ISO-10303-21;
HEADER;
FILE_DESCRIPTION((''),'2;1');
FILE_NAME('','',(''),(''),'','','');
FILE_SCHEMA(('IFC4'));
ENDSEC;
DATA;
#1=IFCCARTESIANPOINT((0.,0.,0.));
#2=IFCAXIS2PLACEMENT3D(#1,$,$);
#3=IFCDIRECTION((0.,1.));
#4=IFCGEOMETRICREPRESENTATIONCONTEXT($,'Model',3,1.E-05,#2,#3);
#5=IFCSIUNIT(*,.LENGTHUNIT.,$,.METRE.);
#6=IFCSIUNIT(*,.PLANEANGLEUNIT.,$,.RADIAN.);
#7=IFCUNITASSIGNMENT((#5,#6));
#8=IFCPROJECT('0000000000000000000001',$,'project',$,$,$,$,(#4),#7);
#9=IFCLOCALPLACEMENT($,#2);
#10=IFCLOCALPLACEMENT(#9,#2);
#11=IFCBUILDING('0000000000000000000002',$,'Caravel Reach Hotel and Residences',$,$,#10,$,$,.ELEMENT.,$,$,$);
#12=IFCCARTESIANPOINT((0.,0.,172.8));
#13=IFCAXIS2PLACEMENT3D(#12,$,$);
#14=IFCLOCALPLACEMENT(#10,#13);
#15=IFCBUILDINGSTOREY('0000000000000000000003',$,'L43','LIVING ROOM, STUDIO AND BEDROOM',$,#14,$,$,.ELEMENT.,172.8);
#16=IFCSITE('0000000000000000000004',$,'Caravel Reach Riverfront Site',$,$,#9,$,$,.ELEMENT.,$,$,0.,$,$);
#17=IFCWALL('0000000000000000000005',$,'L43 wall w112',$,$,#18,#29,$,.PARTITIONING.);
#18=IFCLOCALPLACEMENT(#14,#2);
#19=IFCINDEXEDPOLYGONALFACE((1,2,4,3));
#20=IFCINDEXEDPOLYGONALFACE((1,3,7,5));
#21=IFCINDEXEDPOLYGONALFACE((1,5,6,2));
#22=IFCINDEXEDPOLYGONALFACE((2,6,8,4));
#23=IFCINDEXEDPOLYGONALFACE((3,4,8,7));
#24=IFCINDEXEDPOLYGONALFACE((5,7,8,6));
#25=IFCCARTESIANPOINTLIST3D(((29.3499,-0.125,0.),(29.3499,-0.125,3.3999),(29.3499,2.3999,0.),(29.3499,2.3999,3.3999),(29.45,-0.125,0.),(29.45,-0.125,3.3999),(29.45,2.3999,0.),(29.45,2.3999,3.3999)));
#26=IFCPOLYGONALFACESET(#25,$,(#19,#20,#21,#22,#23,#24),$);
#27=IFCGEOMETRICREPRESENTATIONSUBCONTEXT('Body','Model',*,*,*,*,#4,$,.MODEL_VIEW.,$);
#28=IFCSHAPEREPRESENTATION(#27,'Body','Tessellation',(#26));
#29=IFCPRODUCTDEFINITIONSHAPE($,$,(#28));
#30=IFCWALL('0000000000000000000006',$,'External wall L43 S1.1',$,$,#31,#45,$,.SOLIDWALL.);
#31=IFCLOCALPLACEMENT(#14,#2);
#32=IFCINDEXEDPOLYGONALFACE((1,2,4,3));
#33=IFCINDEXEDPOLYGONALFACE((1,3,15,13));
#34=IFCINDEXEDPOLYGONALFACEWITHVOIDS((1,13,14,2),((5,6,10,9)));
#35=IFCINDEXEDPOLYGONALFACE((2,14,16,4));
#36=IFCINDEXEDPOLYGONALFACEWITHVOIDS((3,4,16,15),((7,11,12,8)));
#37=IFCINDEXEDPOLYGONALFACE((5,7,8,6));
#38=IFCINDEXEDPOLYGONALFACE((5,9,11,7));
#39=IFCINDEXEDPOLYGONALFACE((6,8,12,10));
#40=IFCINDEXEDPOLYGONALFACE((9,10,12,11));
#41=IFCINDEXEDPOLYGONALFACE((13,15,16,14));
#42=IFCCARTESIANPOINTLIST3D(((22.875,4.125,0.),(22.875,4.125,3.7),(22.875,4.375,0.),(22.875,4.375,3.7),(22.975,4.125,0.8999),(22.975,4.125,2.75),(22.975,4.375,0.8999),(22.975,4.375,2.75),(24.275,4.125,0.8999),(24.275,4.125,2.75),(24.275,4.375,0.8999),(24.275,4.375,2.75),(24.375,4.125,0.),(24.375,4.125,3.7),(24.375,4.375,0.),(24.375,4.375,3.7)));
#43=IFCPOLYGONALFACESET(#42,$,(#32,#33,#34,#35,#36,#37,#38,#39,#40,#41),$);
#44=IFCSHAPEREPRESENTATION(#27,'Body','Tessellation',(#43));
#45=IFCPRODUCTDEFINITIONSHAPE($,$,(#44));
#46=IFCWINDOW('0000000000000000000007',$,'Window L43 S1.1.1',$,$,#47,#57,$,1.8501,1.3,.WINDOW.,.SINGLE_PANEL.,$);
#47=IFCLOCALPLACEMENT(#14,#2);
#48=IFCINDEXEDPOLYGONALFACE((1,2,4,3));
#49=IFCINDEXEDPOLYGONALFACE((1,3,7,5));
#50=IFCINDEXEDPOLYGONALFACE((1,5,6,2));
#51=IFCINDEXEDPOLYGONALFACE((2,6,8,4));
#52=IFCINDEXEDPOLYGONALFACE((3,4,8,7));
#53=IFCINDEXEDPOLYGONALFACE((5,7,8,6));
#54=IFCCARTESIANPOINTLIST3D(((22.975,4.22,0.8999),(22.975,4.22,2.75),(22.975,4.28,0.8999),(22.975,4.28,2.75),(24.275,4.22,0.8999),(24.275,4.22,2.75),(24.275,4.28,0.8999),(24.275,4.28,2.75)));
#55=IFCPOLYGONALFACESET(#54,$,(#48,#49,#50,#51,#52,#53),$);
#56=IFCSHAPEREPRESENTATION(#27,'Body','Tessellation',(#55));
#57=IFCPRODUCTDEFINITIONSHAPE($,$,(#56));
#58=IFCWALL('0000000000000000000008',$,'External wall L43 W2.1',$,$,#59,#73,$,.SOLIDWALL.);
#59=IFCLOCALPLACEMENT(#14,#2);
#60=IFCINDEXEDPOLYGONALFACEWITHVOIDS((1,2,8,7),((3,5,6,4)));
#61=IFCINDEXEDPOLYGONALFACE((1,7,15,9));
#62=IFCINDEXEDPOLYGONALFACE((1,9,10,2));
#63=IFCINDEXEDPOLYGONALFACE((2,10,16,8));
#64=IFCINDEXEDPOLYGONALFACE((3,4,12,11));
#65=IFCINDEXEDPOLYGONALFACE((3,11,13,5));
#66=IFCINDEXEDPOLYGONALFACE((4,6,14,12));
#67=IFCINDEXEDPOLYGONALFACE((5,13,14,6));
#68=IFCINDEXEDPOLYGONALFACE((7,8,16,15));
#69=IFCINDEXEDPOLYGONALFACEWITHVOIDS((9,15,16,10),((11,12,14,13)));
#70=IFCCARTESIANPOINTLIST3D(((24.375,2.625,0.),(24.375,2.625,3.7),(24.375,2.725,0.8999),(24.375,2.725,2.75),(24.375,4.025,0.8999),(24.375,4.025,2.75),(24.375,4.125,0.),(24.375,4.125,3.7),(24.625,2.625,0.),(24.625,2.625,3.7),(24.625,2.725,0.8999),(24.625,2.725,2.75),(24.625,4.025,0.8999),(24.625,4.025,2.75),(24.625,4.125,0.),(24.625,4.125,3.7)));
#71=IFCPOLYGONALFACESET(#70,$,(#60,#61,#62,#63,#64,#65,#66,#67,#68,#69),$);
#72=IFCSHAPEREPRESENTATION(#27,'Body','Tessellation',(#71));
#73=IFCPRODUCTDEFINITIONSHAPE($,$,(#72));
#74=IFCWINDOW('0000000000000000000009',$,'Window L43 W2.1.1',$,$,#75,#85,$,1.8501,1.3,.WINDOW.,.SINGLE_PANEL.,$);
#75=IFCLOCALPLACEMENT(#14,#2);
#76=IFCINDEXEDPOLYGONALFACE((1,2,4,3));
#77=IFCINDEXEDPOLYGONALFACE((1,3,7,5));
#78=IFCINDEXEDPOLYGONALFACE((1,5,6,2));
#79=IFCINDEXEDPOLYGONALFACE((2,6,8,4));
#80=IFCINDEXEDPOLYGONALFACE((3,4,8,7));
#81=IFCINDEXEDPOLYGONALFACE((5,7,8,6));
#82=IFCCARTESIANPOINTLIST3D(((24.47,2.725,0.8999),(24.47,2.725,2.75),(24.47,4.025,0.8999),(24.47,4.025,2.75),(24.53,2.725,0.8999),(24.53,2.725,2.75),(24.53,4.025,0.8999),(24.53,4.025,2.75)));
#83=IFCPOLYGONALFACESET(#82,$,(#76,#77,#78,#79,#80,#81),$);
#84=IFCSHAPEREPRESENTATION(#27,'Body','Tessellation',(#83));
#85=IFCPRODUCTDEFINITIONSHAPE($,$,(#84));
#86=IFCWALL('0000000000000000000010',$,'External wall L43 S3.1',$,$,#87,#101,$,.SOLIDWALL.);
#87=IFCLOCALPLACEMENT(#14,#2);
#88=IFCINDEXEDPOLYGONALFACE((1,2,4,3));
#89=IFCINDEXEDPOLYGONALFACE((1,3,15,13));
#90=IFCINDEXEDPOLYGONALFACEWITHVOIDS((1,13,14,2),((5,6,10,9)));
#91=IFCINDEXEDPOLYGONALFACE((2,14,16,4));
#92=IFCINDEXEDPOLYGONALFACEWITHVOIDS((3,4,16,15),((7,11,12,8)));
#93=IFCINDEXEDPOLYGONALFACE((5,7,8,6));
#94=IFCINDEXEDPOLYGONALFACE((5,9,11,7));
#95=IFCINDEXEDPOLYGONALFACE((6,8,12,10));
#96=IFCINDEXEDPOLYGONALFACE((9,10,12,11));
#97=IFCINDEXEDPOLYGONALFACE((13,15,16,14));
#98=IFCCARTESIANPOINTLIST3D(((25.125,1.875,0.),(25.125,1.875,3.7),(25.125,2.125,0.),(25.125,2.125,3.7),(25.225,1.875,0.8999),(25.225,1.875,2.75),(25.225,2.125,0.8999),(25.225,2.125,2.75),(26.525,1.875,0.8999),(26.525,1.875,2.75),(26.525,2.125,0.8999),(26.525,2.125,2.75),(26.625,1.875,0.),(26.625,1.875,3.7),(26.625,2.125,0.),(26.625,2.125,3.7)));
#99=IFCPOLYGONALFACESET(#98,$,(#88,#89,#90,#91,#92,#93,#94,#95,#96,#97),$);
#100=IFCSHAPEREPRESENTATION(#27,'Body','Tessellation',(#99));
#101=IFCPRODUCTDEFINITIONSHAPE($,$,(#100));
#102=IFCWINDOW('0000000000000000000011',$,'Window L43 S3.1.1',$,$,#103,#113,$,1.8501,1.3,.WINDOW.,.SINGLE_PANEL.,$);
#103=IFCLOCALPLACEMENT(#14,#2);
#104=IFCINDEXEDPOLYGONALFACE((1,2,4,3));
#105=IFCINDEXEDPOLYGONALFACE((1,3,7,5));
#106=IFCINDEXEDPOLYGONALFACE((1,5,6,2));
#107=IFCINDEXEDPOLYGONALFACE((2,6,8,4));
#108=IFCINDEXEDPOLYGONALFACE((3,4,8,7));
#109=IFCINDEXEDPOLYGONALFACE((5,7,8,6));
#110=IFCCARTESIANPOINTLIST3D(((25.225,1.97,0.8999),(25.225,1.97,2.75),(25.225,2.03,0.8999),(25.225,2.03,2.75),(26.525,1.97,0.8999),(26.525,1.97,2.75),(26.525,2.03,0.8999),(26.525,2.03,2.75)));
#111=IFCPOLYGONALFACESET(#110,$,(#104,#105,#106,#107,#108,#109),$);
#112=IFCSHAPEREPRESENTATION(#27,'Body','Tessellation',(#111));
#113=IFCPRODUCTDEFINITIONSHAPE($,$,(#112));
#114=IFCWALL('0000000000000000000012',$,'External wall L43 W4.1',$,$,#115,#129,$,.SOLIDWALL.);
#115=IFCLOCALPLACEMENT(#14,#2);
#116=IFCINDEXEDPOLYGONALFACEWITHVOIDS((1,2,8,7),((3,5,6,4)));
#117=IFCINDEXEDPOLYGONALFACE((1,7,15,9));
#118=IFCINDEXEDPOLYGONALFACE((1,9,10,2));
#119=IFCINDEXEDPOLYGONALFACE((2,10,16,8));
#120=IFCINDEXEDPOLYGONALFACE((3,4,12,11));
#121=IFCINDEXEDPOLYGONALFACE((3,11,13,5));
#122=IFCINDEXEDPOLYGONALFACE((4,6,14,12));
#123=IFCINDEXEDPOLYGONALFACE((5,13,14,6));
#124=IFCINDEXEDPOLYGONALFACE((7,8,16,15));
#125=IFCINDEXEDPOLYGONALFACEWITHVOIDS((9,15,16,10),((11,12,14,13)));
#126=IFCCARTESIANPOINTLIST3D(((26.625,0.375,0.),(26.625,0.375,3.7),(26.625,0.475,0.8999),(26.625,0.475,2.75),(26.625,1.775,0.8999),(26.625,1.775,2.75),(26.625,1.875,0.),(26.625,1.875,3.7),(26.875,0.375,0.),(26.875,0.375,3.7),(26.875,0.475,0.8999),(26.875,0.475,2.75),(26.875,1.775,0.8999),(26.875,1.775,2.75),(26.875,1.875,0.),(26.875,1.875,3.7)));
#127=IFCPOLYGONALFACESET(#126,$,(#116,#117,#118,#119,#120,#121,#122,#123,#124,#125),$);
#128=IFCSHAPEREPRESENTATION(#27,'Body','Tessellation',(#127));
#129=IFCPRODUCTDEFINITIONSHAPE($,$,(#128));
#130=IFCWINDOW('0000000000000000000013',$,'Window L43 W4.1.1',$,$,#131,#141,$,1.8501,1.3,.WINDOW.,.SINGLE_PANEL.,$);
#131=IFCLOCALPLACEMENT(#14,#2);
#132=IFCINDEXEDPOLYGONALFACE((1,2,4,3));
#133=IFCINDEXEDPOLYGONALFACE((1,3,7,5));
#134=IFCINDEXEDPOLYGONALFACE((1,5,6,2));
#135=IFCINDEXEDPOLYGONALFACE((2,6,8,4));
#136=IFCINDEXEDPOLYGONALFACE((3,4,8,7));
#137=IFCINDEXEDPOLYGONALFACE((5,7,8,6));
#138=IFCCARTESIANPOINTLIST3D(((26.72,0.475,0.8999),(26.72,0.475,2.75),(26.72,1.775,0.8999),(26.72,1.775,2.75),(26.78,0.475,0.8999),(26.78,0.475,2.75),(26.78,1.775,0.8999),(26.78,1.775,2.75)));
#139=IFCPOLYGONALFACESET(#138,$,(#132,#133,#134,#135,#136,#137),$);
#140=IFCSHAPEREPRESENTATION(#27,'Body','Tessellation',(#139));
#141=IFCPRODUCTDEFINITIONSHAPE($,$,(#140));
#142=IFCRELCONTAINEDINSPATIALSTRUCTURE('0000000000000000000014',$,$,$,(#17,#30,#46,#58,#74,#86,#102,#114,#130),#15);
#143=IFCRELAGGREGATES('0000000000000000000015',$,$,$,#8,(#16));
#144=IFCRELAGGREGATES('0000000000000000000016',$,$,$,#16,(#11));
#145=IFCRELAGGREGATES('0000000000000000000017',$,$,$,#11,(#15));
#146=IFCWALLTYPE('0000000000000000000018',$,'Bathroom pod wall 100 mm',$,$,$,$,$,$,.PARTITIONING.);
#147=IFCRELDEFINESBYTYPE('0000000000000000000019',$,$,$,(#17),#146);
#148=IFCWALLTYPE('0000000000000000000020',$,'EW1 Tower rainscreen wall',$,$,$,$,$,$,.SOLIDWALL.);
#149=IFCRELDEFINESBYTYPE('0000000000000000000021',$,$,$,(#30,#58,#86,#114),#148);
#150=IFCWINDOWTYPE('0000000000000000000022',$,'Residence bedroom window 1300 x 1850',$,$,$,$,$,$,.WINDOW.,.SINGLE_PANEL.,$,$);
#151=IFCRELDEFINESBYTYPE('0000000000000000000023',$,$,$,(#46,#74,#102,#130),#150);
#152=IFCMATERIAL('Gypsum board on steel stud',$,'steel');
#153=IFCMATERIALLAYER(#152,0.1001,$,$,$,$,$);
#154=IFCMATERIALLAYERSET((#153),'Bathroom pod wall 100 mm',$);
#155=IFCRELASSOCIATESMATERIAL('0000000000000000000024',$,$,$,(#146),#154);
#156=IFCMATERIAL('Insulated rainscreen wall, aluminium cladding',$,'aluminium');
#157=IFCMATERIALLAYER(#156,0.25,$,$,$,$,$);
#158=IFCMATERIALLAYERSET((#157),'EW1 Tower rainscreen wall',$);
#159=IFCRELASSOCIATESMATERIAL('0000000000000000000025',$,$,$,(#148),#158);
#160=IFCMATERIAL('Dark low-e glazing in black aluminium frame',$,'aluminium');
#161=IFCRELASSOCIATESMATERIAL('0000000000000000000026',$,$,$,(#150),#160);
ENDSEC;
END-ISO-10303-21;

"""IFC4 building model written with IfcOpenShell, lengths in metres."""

from ifc_helpers import new_model, si_unit, direction, frame, frame_2d, origin, place, context, subcontext, project, spatial, rectangle, extrude, material, layer, layer_set, type_object, element, fill, save


model = new_model("IFC4")

# Units and contexts
model_context = context("Model", 3, precision=1e-05, world=origin(), true_north=direction((0.0, 1.0)))
body_context = subcontext(model_context, "Body", "Model", "MODEL_VIEW")
ifc_project = project(units=[si_unit("LENGTHUNIT", "METRE"), si_unit("PLANEANGLEUNIT", "RADIAN")], contexts=[model_context])

# Site, building, storey
site_placement = place(None, origin())
site = spatial("IfcSite", under=ifc_project, at=site_placement, Name="Caravel Reach Riverfront Site", CompositionType="ELEMENT", RefElevation=0.0)
building_placement = place(site_placement, origin())
building = spatial("IfcBuilding", under=site, at=building_placement, Name="Caravel Reach Hotel and Residences", CompositionType="ELEMENT")
storey_placement = place(building_placement, frame((0.0, 0.0, 172.8)))
storey = spatial("IfcBuildingStorey", under=building, at=storey_placement, Name="L43", Description="LIVING ROOM, STUDIO AND BEDROOM", CompositionType="ELEMENT", Elevation=172.8)

# Shared definitions
ifc_material_1 = material(Name="Gypsum board on steel stud", Category="steel")
ifc_layer_1 = layer(ifc_material_1, 0.1001)
ifc_layer_set_1 = layer_set([ifc_layer_1], Name="Bathroom pod wall 100 mm")
wall_type_1 = type_object("IfcWallType", Name="Bathroom pod wall 100 mm", PredefinedType="PARTITIONING", material=ifc_layer_set_1)

# Wall
wall_1_placement = place(storey_placement, frame((29.3999, -0.125, 0.0), z_axis=(0.0, 0.0, 1.0), x_axis=(0.0, 1.0, 0.0)))
element("IfcWall", 1, at=wall_1_placement, inside=storey, type_object=wall_type_1, Name="L43 wall w112", PredefinedType="PARTITIONING", context=body_context, shape_type="SweptSolid", body=[
    extrude(rectangle(XDim=2.5249, YDim=0.1001, at=frame_2d((1.2625, 0.0))), origin(), (0.0, 0.0, 1.0), 3.3999),
])

# Walls, openings, windows
ifc_material_2 = material(Name="Insulated rainscreen wall, aluminium cladding", Category="aluminium")
ifc_layer_2 = layer(ifc_material_2, 0.25)
ifc_layer_set_2 = layer_set([ifc_layer_2], Name="EW1 Tower rainscreen wall")
wall_type_2 = type_object("IfcWallType", Name="EW1 Tower rainscreen wall", PredefinedType="SOLIDWALL", material=ifc_layer_set_2)
wall_2_placement = place(storey_placement, frame((22.875, 4.25, 0.0), z_axis=(0.0, 0.0, 1.0), x_axis=(1.0, 0.0, 0.0)))
wall_2 = element("IfcWall", 2, at=wall_2_placement, inside=storey, type_object=wall_type_2, Name="External wall L43 S1.1", PredefinedType="SOLIDWALL", context=body_context, shape_type="SweptSolid", body=[
    extrude(rectangle(XDim=1.5, YDim=0.25, at=frame_2d((0.75, 0.0))), origin(), (0.0, 0.0, 1.0), 3.7),
])
opening_1_placement = place(wall_2_placement, frame((0.1001, 0.0, 0.8999)))
opening_1 = element("IfcOpeningElement", 3, at=opening_1_placement, cuts=wall_2, PredefinedType="OPENING", context=body_context, shape_type="SweptSolid", body=[
    extrude(rectangle(XDim=1.3, YDim=1.8501, at=frame_2d((0.6499, 0.925))), frame((0.0, 0.135, 0.0), z_axis=(0.0, -1.0, 0.0), x_axis=(1.0, 0.0, 0.0)), (0.0, 0.0, 1.0), 0.27),
])
ifc_material_3 = material(Name="Dark low-e glazing in black aluminium frame", Category="aluminium")
window_type_1 = type_object("IfcWindowType", Name="Residence bedroom window 1300 x 1850", PartitioningType="SINGLE_PANEL", PredefinedType="WINDOW", material=ifc_material_3)
window_1_placement = place(opening_1_placement, origin())
window_1 = element("IfcWindow", 4, at=window_1_placement, inside=storey, type_object=window_type_1, Name="Window L43 S1.1.1", OverallHeight=1.8501, OverallWidth=1.3, PartitioningType="SINGLE_PANEL", PredefinedType="WINDOW", context=body_context, shape_type="SweptSolid", body=[
    extrude(rectangle(XDim=1.3, YDim=1.8501, at=frame_2d((0.6499, 0.925))), frame((0.0, 0.03, 0.0), z_axis=(0.0, -1.0, 0.0), x_axis=(1.0, 0.0, 0.0)), (0.0, 0.0, 1.0), 0.0601),
])
fill(opening_1, window_1)
wall_3_placement = place(storey_placement, frame((24.5, 4.125, 0.0), z_axis=(0.0, 0.0, 1.0), x_axis=(0.0, -1.0, 0.0)))
wall_3 = element("IfcWall", 5, at=wall_3_placement, inside=storey, type_object=wall_type_2, Name="External wall L43 W2.1", PredefinedType="SOLIDWALL", context=body_context, shape_type="SweptSolid", body=[
    extrude(rectangle(XDim=1.5, YDim=0.25, at=frame_2d((0.75, 0.0))), origin(), (0.0, 0.0, 1.0), 3.7),
])
opening_2_placement = place(wall_3_placement, frame((0.1001, 0.0, 0.8999)))
opening_2 = element("IfcOpeningElement", 6, at=opening_2_placement, cuts=wall_3, PredefinedType="OPENING", context=body_context, shape_type="SweptSolid", body=[
    extrude(rectangle(XDim=1.3, YDim=1.8501, at=frame_2d((0.6499, 0.925))), frame((0.0, 0.135, 0.0), z_axis=(0.0, -1.0, 0.0), x_axis=(1.0, 0.0, 0.0)), (0.0, 0.0, 1.0), 0.27),
])
window_2_placement = place(opening_2_placement, origin())
window_2 = element("IfcWindow", 7, at=window_2_placement, inside=storey, type_object=window_type_1, Name="Window L43 W2.1.1", OverallHeight=1.8501, OverallWidth=1.3, PartitioningType="SINGLE_PANEL", PredefinedType="WINDOW", context=body_context, shape_type="SweptSolid", body=[
    extrude(rectangle(XDim=1.3, YDim=1.8501, at=frame_2d((0.6499, 0.925))), frame((0.0, 0.03, 0.0), z_axis=(0.0, -1.0, 0.0), x_axis=(1.0, 0.0, 0.0)), (0.0, 0.0, 1.0), 0.0601),
])
fill(opening_2, window_2)
wall_4_placement = place(storey_placement, frame((25.125, 2.0, 0.0), z_axis=(0.0, 0.0, 1.0), x_axis=(1.0, 0.0, 0.0)))
wall_4 = element("IfcWall", 8, at=wall_4_placement, inside=storey, type_object=wall_type_2, Name="External wall L43 S3.1", PredefinedType="SOLIDWALL", context=body_context, shape_type="SweptSolid", body=[
    extrude(rectangle(XDim=1.5, YDim=0.25, at=frame_2d((0.75, 0.0))), origin(), (0.0, 0.0, 1.0), 3.7),
])
opening_3_placement = place(wall_4_placement, frame((0.1001, 0.0, 0.8999)))
opening_3 = element("IfcOpeningElement", 9, at=opening_3_placement, cuts=wall_4, PredefinedType="OPENING", context=body_context, shape_type="SweptSolid", body=[
    extrude(rectangle(XDim=1.3, YDim=1.8501, at=frame_2d((0.6499, 0.925))), frame((0.0, 0.135, 0.0), z_axis=(0.0, -1.0, 0.0), x_axis=(1.0, 0.0, 0.0)), (0.0, 0.0, 1.0), 0.27),
])
window_3_placement = place(opening_3_placement, origin())
window_3 = element("IfcWindow", 10, at=window_3_placement, inside=storey, type_object=window_type_1, Name="Window L43 S3.1.1", OverallHeight=1.8501, OverallWidth=1.3, PartitioningType="SINGLE_PANEL", PredefinedType="WINDOW", context=body_context, shape_type="SweptSolid", body=[
    extrude(rectangle(XDim=1.3, YDim=1.8501, at=frame_2d((0.6499, 0.925))), frame((0.0, 0.03, 0.0), z_axis=(0.0, -1.0, 0.0), x_axis=(1.0, 0.0, 0.0)), (0.0, 0.0, 1.0), 0.0601),
])
fill(opening_3, window_3)
wall_5_placement = place(storey_placement, frame((26.75, 1.875, 0.0), z_axis=(0.0, 0.0, 1.0), x_axis=(0.0, -1.0, 0.0)))
wall_5 = element("IfcWall", 11, at=wall_5_placement, inside=storey, type_object=wall_type_2, Name="External wall L43 W4.1", PredefinedType="SOLIDWALL", context=body_context, shape_type="SweptSolid", body=[
    extrude(rectangle(XDim=1.5, YDim=0.25, at=frame_2d((0.75, 0.0))), origin(), (0.0, 0.0, 1.0), 3.7),
])
opening_4_placement = place(wall_5_placement, frame((0.1001, 0.0, 0.8999)))
opening_4 = element("IfcOpeningElement", 12, at=opening_4_placement, cuts=wall_5, PredefinedType="OPENING", context=body_context, shape_type="SweptSolid", body=[
    extrude(rectangle(XDim=1.3, YDim=1.8501, at=frame_2d((0.6499, 0.925))), frame((0.0, 0.135, 0.0), z_axis=(0.0, -1.0, 0.0), x_axis=(1.0, 0.0, 0.0)), (0.0, 0.0, 1.0), 0.27),
])
window_4_placement = place(opening_4_placement, origin())
window_4 = element("IfcWindow", 13, at=window_4_placement, inside=storey, type_object=window_type_1, Name="Window L43 W4.1.1", OverallHeight=1.8501, OverallWidth=1.3, PartitioningType="SINGLE_PANEL", PredefinedType="WINDOW", context=body_context, shape_type="SweptSolid", body=[
    extrude(rectangle(XDim=1.3, YDim=1.8501, at=frame_2d((0.6499, 0.925))), frame((0.0, 0.03, 0.0), z_axis=(0.0, -1.0, 0.0), x_axis=(1.0, 0.0, 0.0)), (0.0, 0.0, 1.0), 0.0601),
])
fill(opening_4, window_4)

save(model, "model.ifc")
